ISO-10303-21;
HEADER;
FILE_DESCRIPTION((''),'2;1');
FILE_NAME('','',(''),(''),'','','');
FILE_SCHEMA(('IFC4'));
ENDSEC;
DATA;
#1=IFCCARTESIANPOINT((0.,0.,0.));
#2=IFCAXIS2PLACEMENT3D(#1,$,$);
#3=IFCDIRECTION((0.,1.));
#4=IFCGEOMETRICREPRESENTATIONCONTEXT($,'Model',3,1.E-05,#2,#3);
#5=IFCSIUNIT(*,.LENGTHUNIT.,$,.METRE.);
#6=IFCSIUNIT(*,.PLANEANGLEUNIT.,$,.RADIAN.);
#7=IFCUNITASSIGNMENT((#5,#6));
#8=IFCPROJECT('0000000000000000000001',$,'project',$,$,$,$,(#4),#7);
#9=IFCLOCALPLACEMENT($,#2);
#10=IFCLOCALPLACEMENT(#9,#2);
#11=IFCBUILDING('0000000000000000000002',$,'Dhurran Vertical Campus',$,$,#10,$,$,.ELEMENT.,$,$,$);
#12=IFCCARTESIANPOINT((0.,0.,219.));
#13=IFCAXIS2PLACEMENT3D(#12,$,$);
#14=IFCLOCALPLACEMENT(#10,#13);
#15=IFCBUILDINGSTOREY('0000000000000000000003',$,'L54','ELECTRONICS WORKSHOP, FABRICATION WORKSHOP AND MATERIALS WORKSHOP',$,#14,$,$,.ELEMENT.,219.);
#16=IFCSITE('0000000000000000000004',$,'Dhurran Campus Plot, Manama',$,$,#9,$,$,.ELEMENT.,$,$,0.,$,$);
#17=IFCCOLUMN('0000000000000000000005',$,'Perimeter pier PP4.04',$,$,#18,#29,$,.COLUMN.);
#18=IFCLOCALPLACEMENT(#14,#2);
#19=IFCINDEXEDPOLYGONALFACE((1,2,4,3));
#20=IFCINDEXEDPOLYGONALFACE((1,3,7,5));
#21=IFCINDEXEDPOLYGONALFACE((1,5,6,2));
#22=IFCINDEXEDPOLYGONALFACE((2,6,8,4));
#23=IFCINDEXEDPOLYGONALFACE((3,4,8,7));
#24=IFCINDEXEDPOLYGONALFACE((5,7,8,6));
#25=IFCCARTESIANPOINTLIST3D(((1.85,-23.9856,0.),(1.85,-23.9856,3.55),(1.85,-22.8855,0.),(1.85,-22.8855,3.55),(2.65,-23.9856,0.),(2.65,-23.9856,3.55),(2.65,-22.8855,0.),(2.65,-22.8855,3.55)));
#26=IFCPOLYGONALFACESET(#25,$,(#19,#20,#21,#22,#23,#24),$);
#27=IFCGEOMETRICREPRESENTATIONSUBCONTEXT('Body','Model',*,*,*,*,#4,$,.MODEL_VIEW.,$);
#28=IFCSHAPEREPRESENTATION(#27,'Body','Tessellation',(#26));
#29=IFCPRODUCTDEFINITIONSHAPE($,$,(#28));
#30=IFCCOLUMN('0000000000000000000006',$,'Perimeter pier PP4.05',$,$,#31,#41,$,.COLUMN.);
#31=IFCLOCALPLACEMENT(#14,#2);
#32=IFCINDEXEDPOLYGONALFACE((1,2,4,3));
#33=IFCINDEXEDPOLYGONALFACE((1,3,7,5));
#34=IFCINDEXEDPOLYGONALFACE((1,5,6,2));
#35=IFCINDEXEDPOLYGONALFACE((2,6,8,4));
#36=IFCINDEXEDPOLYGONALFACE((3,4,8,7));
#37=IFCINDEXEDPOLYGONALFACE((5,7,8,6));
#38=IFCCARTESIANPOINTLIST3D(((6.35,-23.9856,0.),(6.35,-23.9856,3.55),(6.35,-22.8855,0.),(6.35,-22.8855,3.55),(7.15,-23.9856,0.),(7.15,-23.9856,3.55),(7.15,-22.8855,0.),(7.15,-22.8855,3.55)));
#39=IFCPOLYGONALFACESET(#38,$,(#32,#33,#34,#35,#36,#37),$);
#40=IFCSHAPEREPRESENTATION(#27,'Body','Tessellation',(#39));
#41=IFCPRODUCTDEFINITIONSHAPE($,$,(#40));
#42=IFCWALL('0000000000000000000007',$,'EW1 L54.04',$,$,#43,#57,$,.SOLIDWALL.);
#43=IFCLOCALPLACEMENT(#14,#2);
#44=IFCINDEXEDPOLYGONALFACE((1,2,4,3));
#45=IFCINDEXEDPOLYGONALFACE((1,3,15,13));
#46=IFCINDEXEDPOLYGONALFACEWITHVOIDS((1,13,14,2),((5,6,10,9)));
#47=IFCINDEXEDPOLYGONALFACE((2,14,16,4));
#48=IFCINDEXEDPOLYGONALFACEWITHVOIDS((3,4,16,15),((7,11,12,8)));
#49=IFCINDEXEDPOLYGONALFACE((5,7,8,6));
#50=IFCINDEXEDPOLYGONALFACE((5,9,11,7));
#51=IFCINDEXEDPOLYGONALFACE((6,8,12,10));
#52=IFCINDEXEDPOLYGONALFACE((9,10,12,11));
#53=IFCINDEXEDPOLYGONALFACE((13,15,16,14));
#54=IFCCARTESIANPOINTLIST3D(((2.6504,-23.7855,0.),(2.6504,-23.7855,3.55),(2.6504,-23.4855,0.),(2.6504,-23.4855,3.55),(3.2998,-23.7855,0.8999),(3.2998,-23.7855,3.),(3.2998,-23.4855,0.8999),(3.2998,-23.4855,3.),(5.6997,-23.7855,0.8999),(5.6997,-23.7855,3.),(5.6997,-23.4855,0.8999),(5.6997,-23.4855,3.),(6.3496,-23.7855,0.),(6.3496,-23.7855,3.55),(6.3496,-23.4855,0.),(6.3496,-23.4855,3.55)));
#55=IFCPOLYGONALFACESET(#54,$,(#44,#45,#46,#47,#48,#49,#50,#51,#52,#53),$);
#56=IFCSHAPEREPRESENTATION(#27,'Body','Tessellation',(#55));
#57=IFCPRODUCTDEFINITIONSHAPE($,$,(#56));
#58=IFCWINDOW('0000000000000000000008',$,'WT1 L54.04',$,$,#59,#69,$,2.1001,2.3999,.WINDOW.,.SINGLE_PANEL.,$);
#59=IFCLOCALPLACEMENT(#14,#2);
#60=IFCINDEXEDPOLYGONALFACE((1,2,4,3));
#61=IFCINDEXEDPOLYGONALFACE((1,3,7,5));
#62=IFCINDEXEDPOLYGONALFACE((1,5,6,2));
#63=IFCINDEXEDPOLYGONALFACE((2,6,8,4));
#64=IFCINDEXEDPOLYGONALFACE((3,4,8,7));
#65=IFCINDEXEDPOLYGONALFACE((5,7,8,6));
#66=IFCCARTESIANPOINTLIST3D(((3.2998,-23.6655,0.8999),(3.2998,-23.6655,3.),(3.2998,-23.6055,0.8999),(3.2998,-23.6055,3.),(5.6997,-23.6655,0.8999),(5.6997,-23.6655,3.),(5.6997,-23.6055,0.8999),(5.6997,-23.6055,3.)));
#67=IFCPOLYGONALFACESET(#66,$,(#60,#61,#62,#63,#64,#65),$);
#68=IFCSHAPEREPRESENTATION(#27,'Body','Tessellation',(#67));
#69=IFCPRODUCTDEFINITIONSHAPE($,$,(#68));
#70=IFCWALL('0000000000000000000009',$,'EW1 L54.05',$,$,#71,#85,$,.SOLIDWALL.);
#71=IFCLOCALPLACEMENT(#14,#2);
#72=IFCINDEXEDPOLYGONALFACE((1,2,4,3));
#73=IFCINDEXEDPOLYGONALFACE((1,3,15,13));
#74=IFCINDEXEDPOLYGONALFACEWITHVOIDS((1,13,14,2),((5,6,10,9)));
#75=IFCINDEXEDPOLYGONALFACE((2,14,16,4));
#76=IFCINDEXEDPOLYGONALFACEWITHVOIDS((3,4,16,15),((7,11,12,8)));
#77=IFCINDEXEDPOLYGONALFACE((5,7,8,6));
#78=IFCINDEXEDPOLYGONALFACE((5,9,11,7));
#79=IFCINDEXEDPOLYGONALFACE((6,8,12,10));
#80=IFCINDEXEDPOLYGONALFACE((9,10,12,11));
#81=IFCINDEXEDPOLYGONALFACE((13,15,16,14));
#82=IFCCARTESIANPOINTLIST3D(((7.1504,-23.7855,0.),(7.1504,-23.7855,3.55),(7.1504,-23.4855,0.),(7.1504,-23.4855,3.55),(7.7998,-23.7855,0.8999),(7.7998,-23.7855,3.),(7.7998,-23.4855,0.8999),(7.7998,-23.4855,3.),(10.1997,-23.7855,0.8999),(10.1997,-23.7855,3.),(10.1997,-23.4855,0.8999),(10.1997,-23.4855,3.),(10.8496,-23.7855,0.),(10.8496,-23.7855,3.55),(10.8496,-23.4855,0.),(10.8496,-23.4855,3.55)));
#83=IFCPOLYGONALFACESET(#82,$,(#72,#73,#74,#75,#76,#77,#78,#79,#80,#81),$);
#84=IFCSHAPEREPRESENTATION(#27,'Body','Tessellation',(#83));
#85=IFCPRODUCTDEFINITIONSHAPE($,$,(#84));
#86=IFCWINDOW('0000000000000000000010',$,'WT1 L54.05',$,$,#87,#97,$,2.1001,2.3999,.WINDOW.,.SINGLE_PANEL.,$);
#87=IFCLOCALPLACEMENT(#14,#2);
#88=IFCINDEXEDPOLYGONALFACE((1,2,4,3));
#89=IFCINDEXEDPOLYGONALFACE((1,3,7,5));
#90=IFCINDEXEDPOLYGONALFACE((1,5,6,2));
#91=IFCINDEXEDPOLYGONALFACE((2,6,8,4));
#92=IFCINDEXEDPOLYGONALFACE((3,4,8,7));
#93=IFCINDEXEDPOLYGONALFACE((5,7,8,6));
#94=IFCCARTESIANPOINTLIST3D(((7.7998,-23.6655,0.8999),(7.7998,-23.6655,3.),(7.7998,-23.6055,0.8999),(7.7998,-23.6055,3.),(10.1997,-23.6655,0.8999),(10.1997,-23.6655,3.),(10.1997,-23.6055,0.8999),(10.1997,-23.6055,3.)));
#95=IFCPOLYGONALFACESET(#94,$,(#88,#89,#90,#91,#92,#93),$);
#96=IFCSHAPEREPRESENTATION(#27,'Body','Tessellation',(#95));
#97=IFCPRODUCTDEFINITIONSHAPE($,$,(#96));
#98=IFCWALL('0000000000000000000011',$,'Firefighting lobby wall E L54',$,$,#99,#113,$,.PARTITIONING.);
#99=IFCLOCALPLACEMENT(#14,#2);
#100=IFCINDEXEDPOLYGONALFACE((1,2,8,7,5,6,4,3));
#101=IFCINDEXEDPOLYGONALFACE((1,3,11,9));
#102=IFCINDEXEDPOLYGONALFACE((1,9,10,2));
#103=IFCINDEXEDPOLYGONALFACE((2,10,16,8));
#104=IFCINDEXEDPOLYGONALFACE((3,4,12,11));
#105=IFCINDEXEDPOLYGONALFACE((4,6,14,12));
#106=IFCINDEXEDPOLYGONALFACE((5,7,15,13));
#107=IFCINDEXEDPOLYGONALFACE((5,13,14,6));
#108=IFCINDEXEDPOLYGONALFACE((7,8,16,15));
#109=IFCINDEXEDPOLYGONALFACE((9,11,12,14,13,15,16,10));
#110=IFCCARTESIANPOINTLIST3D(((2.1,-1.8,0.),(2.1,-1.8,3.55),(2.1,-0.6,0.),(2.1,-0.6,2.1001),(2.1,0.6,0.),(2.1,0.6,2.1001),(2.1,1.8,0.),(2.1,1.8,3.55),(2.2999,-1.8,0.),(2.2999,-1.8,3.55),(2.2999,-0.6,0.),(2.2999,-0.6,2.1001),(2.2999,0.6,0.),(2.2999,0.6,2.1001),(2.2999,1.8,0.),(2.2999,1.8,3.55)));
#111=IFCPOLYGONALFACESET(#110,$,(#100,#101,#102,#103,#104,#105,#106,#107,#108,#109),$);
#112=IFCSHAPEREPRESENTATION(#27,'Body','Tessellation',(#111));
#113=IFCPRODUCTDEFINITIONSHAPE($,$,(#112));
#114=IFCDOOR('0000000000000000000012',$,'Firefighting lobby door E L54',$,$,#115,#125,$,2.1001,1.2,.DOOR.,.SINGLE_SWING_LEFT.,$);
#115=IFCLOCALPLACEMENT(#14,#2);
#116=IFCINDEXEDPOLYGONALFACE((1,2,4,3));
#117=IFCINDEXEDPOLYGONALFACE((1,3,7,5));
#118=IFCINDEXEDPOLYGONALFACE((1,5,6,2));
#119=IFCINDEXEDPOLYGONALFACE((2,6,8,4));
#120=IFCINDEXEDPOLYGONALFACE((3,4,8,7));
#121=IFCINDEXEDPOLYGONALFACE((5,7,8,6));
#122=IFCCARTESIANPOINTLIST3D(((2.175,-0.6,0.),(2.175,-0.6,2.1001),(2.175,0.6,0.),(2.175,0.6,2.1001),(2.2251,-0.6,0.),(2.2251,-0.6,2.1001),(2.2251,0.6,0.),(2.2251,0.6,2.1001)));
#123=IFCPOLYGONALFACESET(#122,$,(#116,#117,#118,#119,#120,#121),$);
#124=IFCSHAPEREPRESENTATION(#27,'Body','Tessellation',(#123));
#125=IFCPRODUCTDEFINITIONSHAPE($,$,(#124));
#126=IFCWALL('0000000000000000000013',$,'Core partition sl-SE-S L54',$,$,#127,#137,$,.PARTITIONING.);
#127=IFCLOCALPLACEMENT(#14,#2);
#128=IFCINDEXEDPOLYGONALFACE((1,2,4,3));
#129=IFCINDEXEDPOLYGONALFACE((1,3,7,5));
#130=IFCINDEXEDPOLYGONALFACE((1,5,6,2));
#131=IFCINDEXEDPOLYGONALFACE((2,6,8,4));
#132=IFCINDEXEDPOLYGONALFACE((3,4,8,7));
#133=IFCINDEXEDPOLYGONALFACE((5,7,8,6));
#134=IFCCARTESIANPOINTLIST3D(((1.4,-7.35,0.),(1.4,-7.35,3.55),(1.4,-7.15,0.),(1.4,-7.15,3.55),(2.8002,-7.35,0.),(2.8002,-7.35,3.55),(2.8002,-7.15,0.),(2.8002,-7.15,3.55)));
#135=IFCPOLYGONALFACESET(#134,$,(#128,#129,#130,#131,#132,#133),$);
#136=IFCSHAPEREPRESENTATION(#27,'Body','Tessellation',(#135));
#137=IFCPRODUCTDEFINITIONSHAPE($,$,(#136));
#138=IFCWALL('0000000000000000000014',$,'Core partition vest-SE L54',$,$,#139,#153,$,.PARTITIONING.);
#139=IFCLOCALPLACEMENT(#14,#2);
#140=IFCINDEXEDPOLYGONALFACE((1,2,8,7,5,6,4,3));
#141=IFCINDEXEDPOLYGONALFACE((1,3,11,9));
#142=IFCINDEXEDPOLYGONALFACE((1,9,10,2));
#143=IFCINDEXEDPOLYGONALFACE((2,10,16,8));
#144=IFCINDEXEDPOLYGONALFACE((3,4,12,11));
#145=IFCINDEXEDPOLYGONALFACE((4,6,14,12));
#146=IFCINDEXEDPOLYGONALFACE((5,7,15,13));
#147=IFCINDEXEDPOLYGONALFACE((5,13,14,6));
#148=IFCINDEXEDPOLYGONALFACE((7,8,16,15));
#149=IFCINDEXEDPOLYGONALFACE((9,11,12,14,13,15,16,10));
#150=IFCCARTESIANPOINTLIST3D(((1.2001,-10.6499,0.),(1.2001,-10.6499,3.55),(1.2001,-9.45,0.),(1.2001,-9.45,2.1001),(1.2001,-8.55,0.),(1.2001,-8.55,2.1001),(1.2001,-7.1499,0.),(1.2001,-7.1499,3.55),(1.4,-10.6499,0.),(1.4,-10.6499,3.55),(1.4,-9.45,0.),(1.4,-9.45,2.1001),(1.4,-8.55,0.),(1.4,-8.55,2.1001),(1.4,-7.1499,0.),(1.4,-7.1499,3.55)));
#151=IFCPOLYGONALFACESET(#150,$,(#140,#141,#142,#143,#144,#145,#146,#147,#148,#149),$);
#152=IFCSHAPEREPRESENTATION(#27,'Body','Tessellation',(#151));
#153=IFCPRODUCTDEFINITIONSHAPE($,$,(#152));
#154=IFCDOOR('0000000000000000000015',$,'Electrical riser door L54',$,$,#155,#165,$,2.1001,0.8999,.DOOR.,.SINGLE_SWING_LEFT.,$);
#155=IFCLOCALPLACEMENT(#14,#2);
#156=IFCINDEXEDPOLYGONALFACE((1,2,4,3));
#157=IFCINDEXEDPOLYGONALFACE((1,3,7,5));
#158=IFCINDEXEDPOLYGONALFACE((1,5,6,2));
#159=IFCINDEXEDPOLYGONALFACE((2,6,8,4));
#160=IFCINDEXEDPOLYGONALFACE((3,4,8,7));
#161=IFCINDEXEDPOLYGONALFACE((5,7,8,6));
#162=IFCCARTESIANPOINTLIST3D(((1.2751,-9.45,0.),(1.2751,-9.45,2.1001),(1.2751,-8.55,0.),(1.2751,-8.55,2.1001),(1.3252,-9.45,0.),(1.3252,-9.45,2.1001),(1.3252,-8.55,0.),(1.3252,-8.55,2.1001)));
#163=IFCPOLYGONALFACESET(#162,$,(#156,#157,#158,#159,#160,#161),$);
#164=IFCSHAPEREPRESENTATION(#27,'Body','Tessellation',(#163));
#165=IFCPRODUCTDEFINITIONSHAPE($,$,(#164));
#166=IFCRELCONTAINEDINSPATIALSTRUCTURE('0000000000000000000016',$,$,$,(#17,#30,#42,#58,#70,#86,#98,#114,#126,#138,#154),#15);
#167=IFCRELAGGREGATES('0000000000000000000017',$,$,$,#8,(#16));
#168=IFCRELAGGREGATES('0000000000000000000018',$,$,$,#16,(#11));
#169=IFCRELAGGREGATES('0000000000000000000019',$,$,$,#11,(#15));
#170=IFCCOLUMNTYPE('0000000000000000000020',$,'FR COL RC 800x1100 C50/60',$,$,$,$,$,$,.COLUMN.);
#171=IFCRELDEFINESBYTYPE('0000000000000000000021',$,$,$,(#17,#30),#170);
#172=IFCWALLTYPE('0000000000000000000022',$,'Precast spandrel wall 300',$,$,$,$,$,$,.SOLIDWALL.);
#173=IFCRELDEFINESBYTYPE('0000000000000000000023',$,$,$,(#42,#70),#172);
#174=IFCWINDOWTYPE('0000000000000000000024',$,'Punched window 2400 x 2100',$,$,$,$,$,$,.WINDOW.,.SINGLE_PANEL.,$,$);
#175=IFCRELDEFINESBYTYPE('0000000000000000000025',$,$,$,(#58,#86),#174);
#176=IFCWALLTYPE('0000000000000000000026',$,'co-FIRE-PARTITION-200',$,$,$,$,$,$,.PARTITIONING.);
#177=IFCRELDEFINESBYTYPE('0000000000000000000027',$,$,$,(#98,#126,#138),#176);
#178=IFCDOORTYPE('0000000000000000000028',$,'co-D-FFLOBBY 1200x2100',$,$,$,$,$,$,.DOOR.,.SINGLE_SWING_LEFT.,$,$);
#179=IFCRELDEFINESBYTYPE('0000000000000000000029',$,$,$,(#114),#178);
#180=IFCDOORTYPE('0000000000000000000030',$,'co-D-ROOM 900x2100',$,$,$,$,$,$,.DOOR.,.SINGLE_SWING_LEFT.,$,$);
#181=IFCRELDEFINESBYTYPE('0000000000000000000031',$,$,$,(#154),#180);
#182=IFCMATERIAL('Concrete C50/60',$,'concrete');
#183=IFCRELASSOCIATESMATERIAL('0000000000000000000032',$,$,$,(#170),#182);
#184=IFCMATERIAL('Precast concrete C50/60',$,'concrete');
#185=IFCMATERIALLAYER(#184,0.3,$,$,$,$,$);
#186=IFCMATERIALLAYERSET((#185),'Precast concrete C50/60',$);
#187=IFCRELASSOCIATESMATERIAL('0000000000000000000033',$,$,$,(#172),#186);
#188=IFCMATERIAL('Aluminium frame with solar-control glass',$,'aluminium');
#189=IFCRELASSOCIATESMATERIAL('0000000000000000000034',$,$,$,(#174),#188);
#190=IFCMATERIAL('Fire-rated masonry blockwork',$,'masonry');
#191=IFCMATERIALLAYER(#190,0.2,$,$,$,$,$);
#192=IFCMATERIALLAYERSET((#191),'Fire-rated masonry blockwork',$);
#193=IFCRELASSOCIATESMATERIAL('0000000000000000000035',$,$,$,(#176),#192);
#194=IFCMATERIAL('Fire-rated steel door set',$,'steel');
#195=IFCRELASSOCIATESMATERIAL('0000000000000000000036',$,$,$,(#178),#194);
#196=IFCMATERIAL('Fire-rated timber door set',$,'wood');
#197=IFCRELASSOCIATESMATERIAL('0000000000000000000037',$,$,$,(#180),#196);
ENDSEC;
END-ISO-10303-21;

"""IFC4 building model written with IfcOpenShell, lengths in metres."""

from ifc_helpers import new_model, si_unit, direction, frame, frame_2d, origin, origin_2d, place, context, subcontext, project, spatial, rectangle, extrude, material, layer, layer_set, material_profile, profile_set, type_object, element, fill, save


model = new_model("IFC4")

# Units and contexts
model_context = context("Model", 3, precision=1e-05, world=origin(), true_north=direction((0.0, 1.0)))
body_context = subcontext(model_context, "Body", "Model", "MODEL_VIEW")
ifc_project = project(units=[si_unit("LENGTHUNIT", "METRE"), si_unit("PLANEANGLEUNIT", "RADIAN")], contexts=[model_context])

# Site, building, storey
site_placement = place(None, origin())
site = spatial("IfcSite", under=ifc_project, at=site_placement, Name="Dhurran Campus Plot, Manama", CompositionType="ELEMENT", RefElevation=0.0)
building_placement = place(site_placement, origin())
building = spatial("IfcBuilding", under=site, at=building_placement, Name="Dhurran Vertical Campus", CompositionType="ELEMENT")
storey_placement = place(building_placement, frame((0.0, 0.0, 219.0)))
storey = spatial("IfcBuildingStorey", under=building, at=storey_placement, Name="L54", Description="ELECTRONICS WORKSHOP, FABRICATION WORKSHOP AND MATERIALS WORKSHOP", CompositionType="ELEMENT", Elevation=219.0)

# Columns
ifc_material_1 = material(Name="Concrete C50/60", Category="concrete")
ifc_material_profile = material_profile(ifc_material_1, rectangle(XDim=0.8, YDim=1.1001, at=origin_2d()), Name="RC 800x1100")
ifc_profile_set = profile_set([ifc_material_profile], Name="Concrete C50/60")
column_type = type_object("IfcColumnType", Name="FR COL RC 800x1100 C50/60", PredefinedType="COLUMN", material=ifc_profile_set)
for number, where, z_axis, x_axis, name in (
    (1, (2.25, -23.4355, 0.0), (0.0, 0.0, 1.0), (1.0, 0.0, 0.0), "Perimeter pier PP4.04"),
    (2, (6.75, -23.4355, 0.0), (0.0, 0.0, 1.0), (1.0, 0.0, 0.0), "Perimeter pier PP4.05"),
):
    element("IfcColumn", number, at=place(storey_placement, frame(where, z_axis=z_axis, x_axis=x_axis)), inside=storey, type_object=column_type, Name=name, PredefinedType="COLUMN", context=body_context, shape_type="SweptSolid", body=[
        extrude(rectangle(XDim=0.8, YDim=1.1001, at=origin_2d()), origin(), (0.0, 0.0, 1.0), 3.55),
    ])

# Walls, openings, windows
ifc_material_2 = material(Name="Precast concrete C50/60", Category="concrete")
ifc_layer_1 = layer(ifc_material_2, 0.3)
ifc_layer_set_1 = layer_set([ifc_layer_1], Name="Precast concrete C50/60")
wall_type_1 = type_object("IfcWallType", Name="Precast spandrel wall 300", PredefinedType="SOLIDWALL", material=ifc_layer_set_1)
wall_1_placement = place(storey_placement, frame((2.6504, -23.6355, 0.0), z_axis=(0.0, 0.0, 1.0), x_axis=(1.0, 0.0, 0.0)))
wall_1 = element("IfcWall", 3, at=wall_1_placement, inside=storey, type_object=wall_type_1, Name="EW1 L54.04", PredefinedType="SOLIDWALL", context=body_context, shape_type="SweptSolid", body=[
    extrude(rectangle(XDim=3.6992, YDim=0.3, at=frame_2d((1.8496, 0.0))), origin(), (0.0, 0.0, 1.0), 3.55),
])
opening_1_placement = place(wall_1_placement, frame((0.6494, 0.0, 0.8999)))
opening_1 = element("IfcOpeningElement", 4, at=opening_1_placement, cuts=wall_1, PredefinedType="OPENING", context=body_context, shape_type="SweptSolid", body=[
    extrude(rectangle(XDim=2.3999, YDim=2.1001, at=frame_2d((1.2, 1.05))), frame((0.0, 0.1599, 0.0), z_axis=(0.0, -1.0, 0.0), x_axis=(1.0, 0.0, 0.0)), (0.0, 0.0, 1.0), 0.3201),
])
ifc_material_3 = material(Name="Aluminium frame with solar-control glass", Category="aluminium")
window_type = type_object("IfcWindowType", Name="Punched window 2400 x 2100", PartitioningType="SINGLE_PANEL", PredefinedType="WINDOW", material=ifc_material_3)
window_1_placement = place(opening_1_placement, origin())
window_1 = element("IfcWindow", 5, at=window_1_placement, inside=storey, type_object=window_type, Name="WT1 L54.04", OverallHeight=2.1001, OverallWidth=2.3999, PartitioningType="SINGLE_PANEL", PredefinedType="WINDOW", context=body_context, shape_type="SweptSolid", body=[
    extrude(rectangle(XDim=2.3999, YDim=2.1001, at=frame_2d((1.2, 1.05))), frame((0.0, 0.03, 0.0), z_axis=(0.0, -1.0, 0.0), x_axis=(1.0, 0.0, 0.0)), (0.0, 0.0, 1.0), 0.0601),
])
fill(opening_1, window_1)
wall_2_placement = place(storey_placement, frame((7.1504, -23.6355, 0.0), z_axis=(0.0, 0.0, 1.0), x_axis=(1.0, 0.0, 0.0)))
wall_2 = element("IfcWall", 6, at=wall_2_placement, inside=storey, type_object=wall_type_1, Name="EW1 L54.05", PredefinedType="SOLIDWALL", context=body_context, shape_type="SweptSolid", body=[
    extrude(rectangle(XDim=3.6992, YDim=0.3, at=frame_2d((1.8496, 0.0))), origin(), (0.0, 0.0, 1.0), 3.55),
])
opening_2_placement = place(wall_2_placement, frame((0.6494, 0.0, 0.8999)))
opening_2 = element("IfcOpeningElement", 7, at=opening_2_placement, cuts=wall_2, PredefinedType="OPENING", context=body_context, shape_type="SweptSolid", body=[
    extrude(rectangle(XDim=2.3999, YDim=2.1001, at=frame_2d((1.2, 1.05))), frame((0.0, 0.1599, 0.0), z_axis=(0.0, -1.0, 0.0), x_axis=(1.0, 0.0, 0.0)), (0.0, 0.0, 1.0), 0.3201),
])
window_2_placement = place(opening_2_placement, origin())
window_2 = element("IfcWindow", 8, at=window_2_placement, inside=storey, type_object=window_type, Name="WT1 L54.05", OverallHeight=2.1001, OverallWidth=2.3999, PartitioningType="SINGLE_PANEL", PredefinedType="WINDOW", context=body_context, shape_type="SweptSolid", body=[
    extrude(rectangle(XDim=2.3999, YDim=2.1001, at=frame_2d((1.2, 1.05))), frame((0.0, 0.03, 0.0), z_axis=(0.0, -1.0, 0.0), x_axis=(1.0, 0.0, 0.0)), (0.0, 0.0, 1.0), 0.0601),
])
fill(opening_2, window_2)

# Wall, opening, door
ifc_material_4 = material(Name="Fire-rated masonry blockwork", Category="masonry")
ifc_layer_2 = layer(ifc_material_4, 0.2)
ifc_layer_set_2 = layer_set([ifc_layer_2], Name="Fire-rated masonry blockwork")
wall_type_2 = type_object("IfcWallType", Name="co-FIRE-PARTITION-200", PredefinedType="PARTITIONING", material=ifc_layer_set_2)
wall_3_placement = place(storey_placement, frame((2.2, -1.8, 0.0), z_axis=(0.0, 0.0, 1.0), x_axis=(0.0, 1.0, 0.0)))
wall_3 = element("IfcWall", 9, at=wall_3_placement, inside=storey, type_object=wall_type_2, Name="Firefighting lobby wall E L54", PredefinedType="PARTITIONING", context=body_context, shape_type="SweptSolid", body=[
    extrude(rectangle(XDim=3.6001, YDim=0.2, at=frame_2d((1.8, 0.0))), origin(), (0.0, 0.0, 1.0), 3.55),
])
opening_3_placement = place(wall_3_placement, frame((1.2, 0.0, 0.0)))
opening_3 = element("IfcOpeningElement", 10, at=opening_3_placement, cuts=wall_3, PredefinedType="OPENING", context=body_context, shape_type="SweptSolid", body=[
    extrude(rectangle(XDim=1.2, YDim=2.1001, at=frame_2d((0.6001, 1.05))), frame((0.0, 0.1099, 0.0), z_axis=(0.0, -1.0, 0.0), x_axis=(1.0, 0.0, 0.0)), (0.0, 0.0, 1.0), 0.22),
])
ifc_material_5 = material(Name="Fire-rated steel door set", Category="steel")
door_type_1 = type_object("IfcDoorType", Name="co-D-FFLOBBY 1200x2100", OperationType="SINGLE_SWING_LEFT", PredefinedType="DOOR", material=ifc_material_5)
door_1_placement = place(opening_3_placement, origin())
door_1 = element("IfcDoor", 11, at=door_1_placement, inside=storey, type_object=door_type_1, Name="Firefighting lobby door E L54", OperationType="SINGLE_SWING_LEFT", OverallHeight=2.1001, OverallWidth=1.2, PredefinedType="DOOR", context=body_context, shape_type="SweptSolid", body=[
    extrude(rectangle(XDim=1.2, YDim=2.1001, at=frame_2d((0.6001, 1.05))), frame((0.0, 0.0249, 0.0), z_axis=(0.0, -1.0, 0.0), x_axis=(1.0, 0.0, 0.0)), (0.0, 0.0, 1.0), 0.05),
])
fill(opening_3, door_1)

# Wall
wall_4_placement = place(storey_placement, frame((1.3999, -7.25, 0.0), z_axis=(0.0, 0.0, 1.0), x_axis=(1.0, 0.0, 0.0)))
element("IfcWall", 12, at=wall_4_placement, inside=storey, type_object=wall_type_2, Name="Core partition sl-SE-S L54", PredefinedType="PARTITIONING", context=body_context, shape_type="SweptSolid", body=[
    extrude(rectangle(XDim=1.4001, YDim=0.2, at=frame_2d((0.7002, 0.0))), origin(), (0.0, 0.0, 1.0), 3.55),
])

# Wall, opening, door
wall_5_placement = place(storey_placement, frame((1.3, -10.6499, 0.0), z_axis=(0.0, 0.0, 1.0), x_axis=(0.0, 1.0, 0.0)))
wall_5 = element("IfcWall", 13, at=wall_5_placement, inside=storey, type_object=wall_type_2, Name="Core partition vest-SE L54", PredefinedType="PARTITIONING", context=body_context, shape_type="SweptSolid", body=[
    extrude(rectangle(XDim=3.5, YDim=0.2, at=frame_2d((1.75, 0.0))), origin(), (0.0, 0.0, 1.0), 3.55),
])
opening_4_placement = place(wall_5_placement, frame((1.2, 0.0, 0.0)))
opening_4 = element("IfcOpeningElement", 14, at=opening_4_placement, cuts=wall_5, PredefinedType="OPENING", context=body_context, shape_type="SweptSolid", body=[
    extrude(rectangle(XDim=0.8999, YDim=2.1001, at=frame_2d((0.45, 1.05))), frame((0.0, 0.1099, 0.0), z_axis=(0.0, -1.0, 0.0), x_axis=(1.0, 0.0, 0.0)), (0.0, 0.0, 1.0), 0.22),
])
ifc_material_6 = material(Name="Fire-rated timber door set", Category="wood")
door_type_2 = type_object("IfcDoorType", Name="co-D-ROOM 900x2100", OperationType="SINGLE_SWING_LEFT", PredefinedType="DOOR", material=ifc_material_6)
door_2_placement = place(opening_4_placement, origin())
door_2 = element("IfcDoor", 15, at=door_2_placement, inside=storey, type_object=door_type_2, Name="Electrical riser door L54", OperationType="SINGLE_SWING_LEFT", OverallHeight=2.1001, OverallWidth=0.8999, PredefinedType="DOOR", context=body_context, shape_type="SweptSolid", body=[
    extrude(rectangle(XDim=0.8999, YDim=2.1001, at=frame_2d((0.45, 1.05))), frame((0.0, 0.0249, 0.0), z_axis=(0.0, -1.0, 0.0), x_axis=(1.0, 0.0, 0.0)), (0.0, 0.0, 1.0), 0.05),
])
fill(opening_4, door_2)

save(model, "model.ifc")
